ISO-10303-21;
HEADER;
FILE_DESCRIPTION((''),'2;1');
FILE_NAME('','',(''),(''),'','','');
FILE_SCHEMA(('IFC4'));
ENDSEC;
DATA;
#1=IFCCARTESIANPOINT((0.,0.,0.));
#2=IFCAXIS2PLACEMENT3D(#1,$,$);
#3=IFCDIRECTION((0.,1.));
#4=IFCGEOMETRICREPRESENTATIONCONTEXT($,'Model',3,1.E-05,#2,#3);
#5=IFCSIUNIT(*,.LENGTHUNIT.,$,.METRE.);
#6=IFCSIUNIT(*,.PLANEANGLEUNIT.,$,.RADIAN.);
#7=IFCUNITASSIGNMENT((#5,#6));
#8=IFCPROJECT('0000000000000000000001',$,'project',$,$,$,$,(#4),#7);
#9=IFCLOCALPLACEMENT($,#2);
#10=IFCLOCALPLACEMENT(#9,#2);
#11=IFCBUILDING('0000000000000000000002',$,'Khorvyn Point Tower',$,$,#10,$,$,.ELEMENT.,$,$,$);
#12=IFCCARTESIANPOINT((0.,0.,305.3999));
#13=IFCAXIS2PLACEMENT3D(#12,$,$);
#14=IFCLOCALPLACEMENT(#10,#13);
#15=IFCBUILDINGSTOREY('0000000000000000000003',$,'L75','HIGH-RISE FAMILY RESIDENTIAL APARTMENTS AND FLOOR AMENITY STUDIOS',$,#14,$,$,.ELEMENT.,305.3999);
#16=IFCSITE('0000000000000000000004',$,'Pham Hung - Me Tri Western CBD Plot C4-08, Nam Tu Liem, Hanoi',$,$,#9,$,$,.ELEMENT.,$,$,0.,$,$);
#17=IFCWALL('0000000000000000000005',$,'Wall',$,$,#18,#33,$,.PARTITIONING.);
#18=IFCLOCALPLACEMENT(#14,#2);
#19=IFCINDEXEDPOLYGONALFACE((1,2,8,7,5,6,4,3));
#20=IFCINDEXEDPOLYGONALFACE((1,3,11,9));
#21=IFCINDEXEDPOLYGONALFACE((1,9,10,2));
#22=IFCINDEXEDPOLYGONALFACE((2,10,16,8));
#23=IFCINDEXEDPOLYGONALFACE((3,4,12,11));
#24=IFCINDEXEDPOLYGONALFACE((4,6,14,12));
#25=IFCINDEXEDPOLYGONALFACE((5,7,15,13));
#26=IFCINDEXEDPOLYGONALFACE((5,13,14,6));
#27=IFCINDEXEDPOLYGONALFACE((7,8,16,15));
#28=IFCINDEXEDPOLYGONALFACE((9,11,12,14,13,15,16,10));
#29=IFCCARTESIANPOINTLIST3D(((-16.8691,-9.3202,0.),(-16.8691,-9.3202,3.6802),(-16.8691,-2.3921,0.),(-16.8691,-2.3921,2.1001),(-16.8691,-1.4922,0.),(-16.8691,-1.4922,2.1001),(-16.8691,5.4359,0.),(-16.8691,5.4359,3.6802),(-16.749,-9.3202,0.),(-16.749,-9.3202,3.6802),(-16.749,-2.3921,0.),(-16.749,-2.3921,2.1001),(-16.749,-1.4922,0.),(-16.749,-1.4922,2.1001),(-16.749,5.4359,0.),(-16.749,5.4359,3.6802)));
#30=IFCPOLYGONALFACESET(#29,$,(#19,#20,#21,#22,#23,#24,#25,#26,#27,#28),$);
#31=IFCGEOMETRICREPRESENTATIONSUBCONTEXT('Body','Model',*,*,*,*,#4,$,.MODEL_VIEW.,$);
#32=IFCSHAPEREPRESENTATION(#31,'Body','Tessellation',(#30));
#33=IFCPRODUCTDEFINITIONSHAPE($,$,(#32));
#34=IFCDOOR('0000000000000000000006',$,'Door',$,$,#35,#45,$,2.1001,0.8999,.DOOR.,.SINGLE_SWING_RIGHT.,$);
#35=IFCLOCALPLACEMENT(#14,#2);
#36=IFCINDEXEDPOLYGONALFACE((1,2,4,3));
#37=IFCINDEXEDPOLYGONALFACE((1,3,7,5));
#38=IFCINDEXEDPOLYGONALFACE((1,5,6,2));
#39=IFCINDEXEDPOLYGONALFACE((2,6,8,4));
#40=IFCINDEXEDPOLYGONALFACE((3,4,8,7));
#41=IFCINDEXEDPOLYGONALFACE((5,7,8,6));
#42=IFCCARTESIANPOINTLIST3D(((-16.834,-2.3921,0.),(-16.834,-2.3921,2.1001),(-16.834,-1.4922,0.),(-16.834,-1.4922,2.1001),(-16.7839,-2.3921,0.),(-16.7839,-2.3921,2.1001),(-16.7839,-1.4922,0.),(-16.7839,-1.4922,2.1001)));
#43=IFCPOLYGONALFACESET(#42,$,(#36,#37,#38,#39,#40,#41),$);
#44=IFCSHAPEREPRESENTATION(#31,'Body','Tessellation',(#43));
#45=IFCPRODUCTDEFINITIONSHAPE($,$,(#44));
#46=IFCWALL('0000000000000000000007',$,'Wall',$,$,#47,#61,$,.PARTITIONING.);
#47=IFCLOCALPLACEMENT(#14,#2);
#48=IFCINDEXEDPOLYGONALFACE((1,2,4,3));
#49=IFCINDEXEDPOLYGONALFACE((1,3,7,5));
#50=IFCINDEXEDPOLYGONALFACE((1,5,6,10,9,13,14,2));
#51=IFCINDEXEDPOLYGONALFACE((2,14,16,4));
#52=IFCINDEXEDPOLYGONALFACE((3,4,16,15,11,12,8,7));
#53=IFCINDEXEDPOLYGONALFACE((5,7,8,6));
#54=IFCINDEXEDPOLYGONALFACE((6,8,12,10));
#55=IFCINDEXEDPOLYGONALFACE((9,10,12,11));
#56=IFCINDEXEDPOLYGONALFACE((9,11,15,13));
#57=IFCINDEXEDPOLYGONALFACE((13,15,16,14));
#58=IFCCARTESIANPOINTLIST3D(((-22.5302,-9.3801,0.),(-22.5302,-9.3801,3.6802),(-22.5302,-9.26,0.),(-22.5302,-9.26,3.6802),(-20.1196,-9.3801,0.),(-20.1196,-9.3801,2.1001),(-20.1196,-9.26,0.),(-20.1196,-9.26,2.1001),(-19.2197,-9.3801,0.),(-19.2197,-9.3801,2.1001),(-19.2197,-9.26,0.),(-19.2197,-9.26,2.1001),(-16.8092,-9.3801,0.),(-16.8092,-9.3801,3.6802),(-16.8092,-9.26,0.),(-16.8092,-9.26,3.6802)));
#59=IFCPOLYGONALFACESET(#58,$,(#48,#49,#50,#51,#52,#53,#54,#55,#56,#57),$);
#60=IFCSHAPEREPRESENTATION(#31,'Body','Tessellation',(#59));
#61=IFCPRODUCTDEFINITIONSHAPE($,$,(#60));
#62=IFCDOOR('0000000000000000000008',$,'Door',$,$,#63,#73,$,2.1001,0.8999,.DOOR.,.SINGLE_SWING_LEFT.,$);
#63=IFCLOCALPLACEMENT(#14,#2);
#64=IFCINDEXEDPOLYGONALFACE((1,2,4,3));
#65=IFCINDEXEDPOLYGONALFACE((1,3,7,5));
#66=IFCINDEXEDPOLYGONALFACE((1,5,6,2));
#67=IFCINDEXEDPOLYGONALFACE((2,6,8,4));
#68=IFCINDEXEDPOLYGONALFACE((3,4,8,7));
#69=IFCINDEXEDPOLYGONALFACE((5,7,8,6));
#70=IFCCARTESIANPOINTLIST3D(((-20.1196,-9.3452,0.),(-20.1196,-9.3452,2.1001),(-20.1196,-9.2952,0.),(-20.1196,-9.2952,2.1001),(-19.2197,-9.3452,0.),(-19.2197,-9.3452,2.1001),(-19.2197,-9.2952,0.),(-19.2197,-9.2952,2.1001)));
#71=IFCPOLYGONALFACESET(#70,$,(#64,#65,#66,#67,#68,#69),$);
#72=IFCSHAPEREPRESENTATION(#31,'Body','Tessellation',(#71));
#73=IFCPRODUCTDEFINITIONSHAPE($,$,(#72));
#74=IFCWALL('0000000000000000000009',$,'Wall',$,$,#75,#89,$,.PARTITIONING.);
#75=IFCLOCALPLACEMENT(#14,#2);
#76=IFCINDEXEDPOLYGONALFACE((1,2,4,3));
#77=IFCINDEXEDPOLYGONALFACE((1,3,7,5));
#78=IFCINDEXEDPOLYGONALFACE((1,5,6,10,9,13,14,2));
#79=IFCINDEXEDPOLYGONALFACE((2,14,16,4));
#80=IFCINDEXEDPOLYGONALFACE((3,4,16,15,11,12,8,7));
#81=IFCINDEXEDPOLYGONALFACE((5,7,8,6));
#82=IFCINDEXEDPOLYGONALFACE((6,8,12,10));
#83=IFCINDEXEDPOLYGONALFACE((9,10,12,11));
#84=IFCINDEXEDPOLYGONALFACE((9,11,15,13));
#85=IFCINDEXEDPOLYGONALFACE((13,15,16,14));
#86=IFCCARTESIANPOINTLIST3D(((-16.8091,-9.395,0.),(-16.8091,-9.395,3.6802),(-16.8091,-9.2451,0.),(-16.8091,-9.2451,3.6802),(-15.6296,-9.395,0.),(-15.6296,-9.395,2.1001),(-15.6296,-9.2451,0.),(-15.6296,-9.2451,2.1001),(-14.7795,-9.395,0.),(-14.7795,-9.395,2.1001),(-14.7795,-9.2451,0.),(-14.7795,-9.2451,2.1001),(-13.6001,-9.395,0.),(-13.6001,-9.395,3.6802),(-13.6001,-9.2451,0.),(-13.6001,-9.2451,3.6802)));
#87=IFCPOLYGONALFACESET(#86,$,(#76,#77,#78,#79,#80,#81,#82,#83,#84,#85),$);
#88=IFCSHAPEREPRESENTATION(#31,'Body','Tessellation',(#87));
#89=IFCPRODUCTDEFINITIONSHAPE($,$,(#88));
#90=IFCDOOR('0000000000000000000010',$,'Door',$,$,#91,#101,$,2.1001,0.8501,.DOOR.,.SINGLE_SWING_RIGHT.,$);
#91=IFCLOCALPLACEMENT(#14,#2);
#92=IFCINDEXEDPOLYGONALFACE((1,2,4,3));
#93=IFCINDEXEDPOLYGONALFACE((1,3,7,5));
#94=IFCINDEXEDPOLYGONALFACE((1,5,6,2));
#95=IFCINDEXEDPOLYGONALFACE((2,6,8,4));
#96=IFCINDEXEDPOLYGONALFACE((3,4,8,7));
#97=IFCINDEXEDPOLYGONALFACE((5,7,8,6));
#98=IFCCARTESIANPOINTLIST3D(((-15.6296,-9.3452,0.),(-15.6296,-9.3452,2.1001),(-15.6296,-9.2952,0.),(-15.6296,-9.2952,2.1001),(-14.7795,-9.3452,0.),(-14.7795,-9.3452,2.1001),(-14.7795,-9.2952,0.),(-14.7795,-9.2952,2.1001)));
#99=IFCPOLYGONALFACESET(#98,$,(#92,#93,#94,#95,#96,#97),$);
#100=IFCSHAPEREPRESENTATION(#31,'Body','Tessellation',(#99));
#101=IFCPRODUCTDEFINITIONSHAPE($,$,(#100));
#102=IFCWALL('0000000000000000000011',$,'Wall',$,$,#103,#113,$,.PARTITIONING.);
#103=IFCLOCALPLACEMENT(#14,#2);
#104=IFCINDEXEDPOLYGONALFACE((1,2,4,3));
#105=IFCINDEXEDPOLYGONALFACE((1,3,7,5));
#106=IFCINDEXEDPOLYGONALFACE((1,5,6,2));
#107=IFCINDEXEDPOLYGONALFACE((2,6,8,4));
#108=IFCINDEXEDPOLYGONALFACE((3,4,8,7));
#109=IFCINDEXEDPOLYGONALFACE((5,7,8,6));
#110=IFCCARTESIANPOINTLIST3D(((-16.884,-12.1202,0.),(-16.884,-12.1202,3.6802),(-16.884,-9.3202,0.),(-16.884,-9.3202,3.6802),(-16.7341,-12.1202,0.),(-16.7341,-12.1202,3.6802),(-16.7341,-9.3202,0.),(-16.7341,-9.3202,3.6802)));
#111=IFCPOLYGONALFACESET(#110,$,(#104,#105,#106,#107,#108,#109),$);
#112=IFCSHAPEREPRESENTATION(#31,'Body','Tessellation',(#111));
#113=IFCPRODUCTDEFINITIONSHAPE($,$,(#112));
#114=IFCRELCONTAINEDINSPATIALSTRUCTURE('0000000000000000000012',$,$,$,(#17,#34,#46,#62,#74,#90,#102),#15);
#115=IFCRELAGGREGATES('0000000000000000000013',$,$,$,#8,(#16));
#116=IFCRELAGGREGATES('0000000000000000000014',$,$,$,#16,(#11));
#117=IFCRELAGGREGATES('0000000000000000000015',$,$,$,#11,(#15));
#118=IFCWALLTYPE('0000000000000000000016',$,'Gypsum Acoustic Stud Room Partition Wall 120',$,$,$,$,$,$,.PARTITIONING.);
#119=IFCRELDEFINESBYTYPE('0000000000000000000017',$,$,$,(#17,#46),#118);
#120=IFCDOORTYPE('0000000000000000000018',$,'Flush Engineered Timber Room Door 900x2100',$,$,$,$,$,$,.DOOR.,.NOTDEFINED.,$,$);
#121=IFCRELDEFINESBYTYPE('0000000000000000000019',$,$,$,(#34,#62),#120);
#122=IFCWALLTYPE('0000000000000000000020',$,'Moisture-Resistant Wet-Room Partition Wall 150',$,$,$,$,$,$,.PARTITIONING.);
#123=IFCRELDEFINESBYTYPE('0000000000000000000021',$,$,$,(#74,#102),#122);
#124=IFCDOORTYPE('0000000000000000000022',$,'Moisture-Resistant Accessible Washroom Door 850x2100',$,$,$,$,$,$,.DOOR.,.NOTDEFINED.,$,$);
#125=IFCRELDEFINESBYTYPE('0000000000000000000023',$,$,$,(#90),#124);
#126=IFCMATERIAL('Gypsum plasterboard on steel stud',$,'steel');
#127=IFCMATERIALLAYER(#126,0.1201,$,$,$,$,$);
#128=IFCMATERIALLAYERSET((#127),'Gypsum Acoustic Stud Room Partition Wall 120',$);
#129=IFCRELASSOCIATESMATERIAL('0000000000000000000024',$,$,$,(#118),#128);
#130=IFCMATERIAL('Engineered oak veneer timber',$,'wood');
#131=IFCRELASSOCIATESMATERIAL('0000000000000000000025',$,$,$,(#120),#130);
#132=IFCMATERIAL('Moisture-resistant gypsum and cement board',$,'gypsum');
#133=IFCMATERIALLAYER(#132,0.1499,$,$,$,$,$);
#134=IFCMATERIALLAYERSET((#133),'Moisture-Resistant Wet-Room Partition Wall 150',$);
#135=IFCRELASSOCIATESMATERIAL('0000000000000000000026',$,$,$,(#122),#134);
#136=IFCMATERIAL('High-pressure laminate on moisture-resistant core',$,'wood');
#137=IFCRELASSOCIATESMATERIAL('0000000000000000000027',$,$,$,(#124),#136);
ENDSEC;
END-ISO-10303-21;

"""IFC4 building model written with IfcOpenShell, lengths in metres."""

from ifc_helpers import new_model, si_unit, direction, frame, frame_2d, origin, place, context, subcontext, project, spatial, rectangle, extrude, material, layer, layer_set, type_object, element, fill, save


model = new_model("IFC4")

# Units and contexts
model_context = context("Model", 3, precision=1e-05, world=origin(), true_north=direction((0.0, 1.0)))
body_context = subcontext(model_context, "Body", "Model", "MODEL_VIEW")
ifc_project = project(units=[si_unit("LENGTHUNIT", "METRE"), si_unit("PLANEANGLEUNIT", "RADIAN")], contexts=[model_context])

# Site, building, storey
site_placement = place(None, origin())
site = spatial("IfcSite", under=ifc_project, at=site_placement, Name="Pham Hung - Me Tri Western CBD Plot C4-08, Nam Tu Liem, Hanoi", CompositionType="ELEMENT", RefElevation=0.0)
building_placement = place(site_placement, origin())
building = spatial("IfcBuilding", under=site, at=building_placement, Name="Khorvyn Point Tower", CompositionType="ELEMENT")
storey_placement = place(building_placement, frame((0.0, 0.0, 305.3999)))
storey = spatial("IfcBuildingStorey", under=building, at=storey_placement, Name="L75", Description="HIGH-RISE FAMILY RESIDENTIAL APARTMENTS AND FLOOR AMENITY STUDIOS", CompositionType="ELEMENT", Elevation=305.3999)

# Walls, openings, doors
ifc_material_1 = material(Name="Gypsum plasterboard on steel stud", Category="steel")
ifc_layer_1 = layer(ifc_material_1, 0.1201)
ifc_layer_set_1 = layer_set([ifc_layer_1], Name="Gypsum Acoustic Stud Room Partition Wall 120")
wall_type_1 = type_object("IfcWallType", Name="Gypsum Acoustic Stud Room Partition Wall 120", PredefinedType="PARTITIONING", material=ifc_layer_set_1)
wall_1_placement = place(storey_placement, frame((-16.8091, -9.3201, 0.0), z_axis=(0.0, 0.0, 1.0), x_axis=(0.0, 1.0, 0.0)))
wall_1 = element("IfcWall", 1, at=wall_1_placement, inside=storey, type_object=wall_type_1, Name="Wall", PredefinedType="PARTITIONING", context=body_context, shape_type="SweptSolid", body=[
    extrude(rectangle(XDim=14.7561, YDim=0.1201, at=frame_2d((7.3779, 0.0))), origin(), (0.0, 0.0, 1.0), 3.6802),
])
opening_1_placement = place(wall_1_placement, frame((6.928, 0.0, 0.0)))
opening_1 = element("IfcOpeningElement", 2, at=opening_1_placement, cuts=wall_1, PredefinedType="OPENING", context=body_context, shape_type="SweptSolid", body=[
    extrude(rectangle(XDim=0.8999, YDim=2.1001, at=frame_2d((0.45, 1.05))), frame((0.0, 0.0701, 0.0), z_axis=(0.0, -1.0, 0.0), x_axis=(1.0, 0.0, 0.0)), (0.0, 0.0, 1.0), 0.1401),
])
ifc_material_2 = material(Name="Engineered oak veneer timber", Category="wood")
door_type_1 = type_object("IfcDoorType", Name="Flush Engineered Timber Room Door 900x2100", OperationType="NOTDEFINED", PredefinedType="DOOR", material=ifc_material_2)
door_1_placement = place(opening_1_placement, origin())
door_1 = element("IfcDoor", 3, at=door_1_placement, inside=storey, type_object=door_type_1, Name="Door", OperationType="SINGLE_SWING_RIGHT", OverallHeight=2.1001, OverallWidth=0.8999, PredefinedType="DOOR", context=body_context, shape_type="SweptSolid", body=[
    extrude(rectangle(XDim=0.8999, YDim=2.1001, at=frame_2d((0.45, 1.05))), frame((0.0, 0.0249, 0.0), z_axis=(0.0, -1.0, 0.0), x_axis=(1.0, 0.0, 0.0)), (0.0, 0.0, 1.0), 0.05),
])
fill(opening_1, door_1)
wall_2_placement = place(storey_placement, frame((-22.53, -9.3201, 0.0), z_axis=(0.0, 0.0, 1.0), x_axis=(1.0, 0.0, 0.0)))
wall_2 = element("IfcWall", 4, at=wall_2_placement, inside=storey, type_object=wall_type_1, Name="Wall", PredefinedType="PARTITIONING", context=body_context, shape_type="SweptSolid", body=[
    extrude(rectangle(XDim=5.7209, YDim=0.1201, at=frame_2d((2.8604, 0.0))), origin(), (0.0, 0.0, 1.0), 3.6802),
])
opening_2_placement = place(wall_2_placement, frame((2.4104, 0.0, 0.0)))
opening_2 = element("IfcOpeningElement", 5, at=opening_2_placement, cuts=wall_2, PredefinedType="OPENING", context=body_context, shape_type="SweptSolid", body=[
    extrude(rectangle(XDim=0.8999, YDim=2.1001, at=frame_2d((0.45, 1.05))), frame((0.0, 0.0701, 0.0), z_axis=(0.0, -1.0, 0.0), x_axis=(1.0, 0.0, 0.0)), (0.0, 0.0, 1.0), 0.1401),
])
door_2_placement = place(opening_2_placement, origin())
door_2 = element("IfcDoor", 6, at=door_2_placement, inside=storey, type_object=door_type_1, Name="Door", OperationType="SINGLE_SWING_LEFT", OverallHeight=2.1001, OverallWidth=0.8999, PredefinedType="DOOR", context=body_context, shape_type="SweptSolid", body=[
    extrude(rectangle(XDim=0.8999, YDim=2.1001, at=frame_2d((0.45, 1.05))), frame((0.0, 0.0249, 0.0), z_axis=(0.0, -1.0, 0.0), x_axis=(1.0, 0.0, 0.0)), (0.0, 0.0, 1.0), 0.05),
])
fill(opening_2, door_2)
ifc_material_3 = material(Name="Moisture-resistant gypsum and cement board", Category="gypsum")
ifc_layer_2 = layer(ifc_material_3, 0.1499)
ifc_layer_set_2 = layer_set([ifc_layer_2], Name="Moisture-Resistant Wet-Room Partition Wall 150")
wall_type_2 = type_object("IfcWallType", Name="Moisture-Resistant Wet-Room Partition Wall 150", PredefinedType="PARTITIONING", material=ifc_layer_set_2)
wall_3_placement = place(storey_placement, frame((-16.8091, -9.3201, 0.0), z_axis=(0.0, 0.0, 1.0), x_axis=(1.0, 0.0, 0.0)))
wall_3 = element("IfcWall", 7, at=wall_3_placement, inside=storey, type_object=wall_type_2, Name="Wall", PredefinedType="PARTITIONING", context=body_context, shape_type="SweptSolid", body=[
    extrude(rectangle(XDim=3.209, YDim=0.1499, at=frame_2d((1.6045, 0.0))), origin(), (0.0, 0.0, 1.0), 3.6802),
])
opening_3_placement = place(wall_3_placement, frame((1.1794, 0.0, 0.0)))
opening_3 = element("IfcOpeningElement", 8, at=opening_3_placement, cuts=wall_3, PredefinedType="OPENING", context=body_context, shape_type="SweptSolid", body=[
    extrude(rectangle(XDim=0.8501, YDim=2.1001, at=frame_2d((0.425, 1.05))), frame((0.0, 0.085, 0.0), z_axis=(0.0, -1.0, 0.0), x_axis=(1.0, 0.0, 0.0)), (0.0, 0.0, 1.0), 0.1699),
])
ifc_material_4 = material(Name="High-pressure laminate on moisture-resistant core", Category="wood")
door_type_2 = type_object("IfcDoorType", Name="Moisture-Resistant Accessible Washroom Door 850x2100", OperationType="NOTDEFINED", PredefinedType="DOOR", material=ifc_material_4)
door_3_placement = place(opening_3_placement, origin())
door_3 = element("IfcDoor", 9, at=door_3_placement, inside=storey, type_object=door_type_2, Name="Door", OperationType="SINGLE_SWING_RIGHT", OverallHeight=2.1001, OverallWidth=0.8501, PredefinedType="DOOR", context=body_context, shape_type="SweptSolid", body=[
    extrude(rectangle(XDim=0.8501, YDim=2.1001, at=frame_2d((0.425, 1.05))), frame((0.0, 0.0249, 0.0), z_axis=(0.0, -1.0, 0.0), x_axis=(1.0, 0.0, 0.0)), (0.0, 0.0, 1.0), 0.05),
])
fill(opening_3, door_3)

# Wall
wall_4_placement = place(storey_placement, frame((-16.8091, -12.1201, 0.0), z_axis=(0.0, 0.0, 1.0), x_axis=(0.0, 1.0, 0.0)))
element("IfcWall", 10, at=wall_4_placement, inside=storey, type_object=wall_type_2, Name="Wall", PredefinedType="PARTITIONING", context=body_context, shape_type="SweptSolid", body=[
    extrude(rectangle(XDim=2.8, YDim=0.1499, at=frame_2d((1.3999, 0.0))), origin(), (0.0, 0.0, 1.0), 3.6802),
])

save(model, "model.ifc")
